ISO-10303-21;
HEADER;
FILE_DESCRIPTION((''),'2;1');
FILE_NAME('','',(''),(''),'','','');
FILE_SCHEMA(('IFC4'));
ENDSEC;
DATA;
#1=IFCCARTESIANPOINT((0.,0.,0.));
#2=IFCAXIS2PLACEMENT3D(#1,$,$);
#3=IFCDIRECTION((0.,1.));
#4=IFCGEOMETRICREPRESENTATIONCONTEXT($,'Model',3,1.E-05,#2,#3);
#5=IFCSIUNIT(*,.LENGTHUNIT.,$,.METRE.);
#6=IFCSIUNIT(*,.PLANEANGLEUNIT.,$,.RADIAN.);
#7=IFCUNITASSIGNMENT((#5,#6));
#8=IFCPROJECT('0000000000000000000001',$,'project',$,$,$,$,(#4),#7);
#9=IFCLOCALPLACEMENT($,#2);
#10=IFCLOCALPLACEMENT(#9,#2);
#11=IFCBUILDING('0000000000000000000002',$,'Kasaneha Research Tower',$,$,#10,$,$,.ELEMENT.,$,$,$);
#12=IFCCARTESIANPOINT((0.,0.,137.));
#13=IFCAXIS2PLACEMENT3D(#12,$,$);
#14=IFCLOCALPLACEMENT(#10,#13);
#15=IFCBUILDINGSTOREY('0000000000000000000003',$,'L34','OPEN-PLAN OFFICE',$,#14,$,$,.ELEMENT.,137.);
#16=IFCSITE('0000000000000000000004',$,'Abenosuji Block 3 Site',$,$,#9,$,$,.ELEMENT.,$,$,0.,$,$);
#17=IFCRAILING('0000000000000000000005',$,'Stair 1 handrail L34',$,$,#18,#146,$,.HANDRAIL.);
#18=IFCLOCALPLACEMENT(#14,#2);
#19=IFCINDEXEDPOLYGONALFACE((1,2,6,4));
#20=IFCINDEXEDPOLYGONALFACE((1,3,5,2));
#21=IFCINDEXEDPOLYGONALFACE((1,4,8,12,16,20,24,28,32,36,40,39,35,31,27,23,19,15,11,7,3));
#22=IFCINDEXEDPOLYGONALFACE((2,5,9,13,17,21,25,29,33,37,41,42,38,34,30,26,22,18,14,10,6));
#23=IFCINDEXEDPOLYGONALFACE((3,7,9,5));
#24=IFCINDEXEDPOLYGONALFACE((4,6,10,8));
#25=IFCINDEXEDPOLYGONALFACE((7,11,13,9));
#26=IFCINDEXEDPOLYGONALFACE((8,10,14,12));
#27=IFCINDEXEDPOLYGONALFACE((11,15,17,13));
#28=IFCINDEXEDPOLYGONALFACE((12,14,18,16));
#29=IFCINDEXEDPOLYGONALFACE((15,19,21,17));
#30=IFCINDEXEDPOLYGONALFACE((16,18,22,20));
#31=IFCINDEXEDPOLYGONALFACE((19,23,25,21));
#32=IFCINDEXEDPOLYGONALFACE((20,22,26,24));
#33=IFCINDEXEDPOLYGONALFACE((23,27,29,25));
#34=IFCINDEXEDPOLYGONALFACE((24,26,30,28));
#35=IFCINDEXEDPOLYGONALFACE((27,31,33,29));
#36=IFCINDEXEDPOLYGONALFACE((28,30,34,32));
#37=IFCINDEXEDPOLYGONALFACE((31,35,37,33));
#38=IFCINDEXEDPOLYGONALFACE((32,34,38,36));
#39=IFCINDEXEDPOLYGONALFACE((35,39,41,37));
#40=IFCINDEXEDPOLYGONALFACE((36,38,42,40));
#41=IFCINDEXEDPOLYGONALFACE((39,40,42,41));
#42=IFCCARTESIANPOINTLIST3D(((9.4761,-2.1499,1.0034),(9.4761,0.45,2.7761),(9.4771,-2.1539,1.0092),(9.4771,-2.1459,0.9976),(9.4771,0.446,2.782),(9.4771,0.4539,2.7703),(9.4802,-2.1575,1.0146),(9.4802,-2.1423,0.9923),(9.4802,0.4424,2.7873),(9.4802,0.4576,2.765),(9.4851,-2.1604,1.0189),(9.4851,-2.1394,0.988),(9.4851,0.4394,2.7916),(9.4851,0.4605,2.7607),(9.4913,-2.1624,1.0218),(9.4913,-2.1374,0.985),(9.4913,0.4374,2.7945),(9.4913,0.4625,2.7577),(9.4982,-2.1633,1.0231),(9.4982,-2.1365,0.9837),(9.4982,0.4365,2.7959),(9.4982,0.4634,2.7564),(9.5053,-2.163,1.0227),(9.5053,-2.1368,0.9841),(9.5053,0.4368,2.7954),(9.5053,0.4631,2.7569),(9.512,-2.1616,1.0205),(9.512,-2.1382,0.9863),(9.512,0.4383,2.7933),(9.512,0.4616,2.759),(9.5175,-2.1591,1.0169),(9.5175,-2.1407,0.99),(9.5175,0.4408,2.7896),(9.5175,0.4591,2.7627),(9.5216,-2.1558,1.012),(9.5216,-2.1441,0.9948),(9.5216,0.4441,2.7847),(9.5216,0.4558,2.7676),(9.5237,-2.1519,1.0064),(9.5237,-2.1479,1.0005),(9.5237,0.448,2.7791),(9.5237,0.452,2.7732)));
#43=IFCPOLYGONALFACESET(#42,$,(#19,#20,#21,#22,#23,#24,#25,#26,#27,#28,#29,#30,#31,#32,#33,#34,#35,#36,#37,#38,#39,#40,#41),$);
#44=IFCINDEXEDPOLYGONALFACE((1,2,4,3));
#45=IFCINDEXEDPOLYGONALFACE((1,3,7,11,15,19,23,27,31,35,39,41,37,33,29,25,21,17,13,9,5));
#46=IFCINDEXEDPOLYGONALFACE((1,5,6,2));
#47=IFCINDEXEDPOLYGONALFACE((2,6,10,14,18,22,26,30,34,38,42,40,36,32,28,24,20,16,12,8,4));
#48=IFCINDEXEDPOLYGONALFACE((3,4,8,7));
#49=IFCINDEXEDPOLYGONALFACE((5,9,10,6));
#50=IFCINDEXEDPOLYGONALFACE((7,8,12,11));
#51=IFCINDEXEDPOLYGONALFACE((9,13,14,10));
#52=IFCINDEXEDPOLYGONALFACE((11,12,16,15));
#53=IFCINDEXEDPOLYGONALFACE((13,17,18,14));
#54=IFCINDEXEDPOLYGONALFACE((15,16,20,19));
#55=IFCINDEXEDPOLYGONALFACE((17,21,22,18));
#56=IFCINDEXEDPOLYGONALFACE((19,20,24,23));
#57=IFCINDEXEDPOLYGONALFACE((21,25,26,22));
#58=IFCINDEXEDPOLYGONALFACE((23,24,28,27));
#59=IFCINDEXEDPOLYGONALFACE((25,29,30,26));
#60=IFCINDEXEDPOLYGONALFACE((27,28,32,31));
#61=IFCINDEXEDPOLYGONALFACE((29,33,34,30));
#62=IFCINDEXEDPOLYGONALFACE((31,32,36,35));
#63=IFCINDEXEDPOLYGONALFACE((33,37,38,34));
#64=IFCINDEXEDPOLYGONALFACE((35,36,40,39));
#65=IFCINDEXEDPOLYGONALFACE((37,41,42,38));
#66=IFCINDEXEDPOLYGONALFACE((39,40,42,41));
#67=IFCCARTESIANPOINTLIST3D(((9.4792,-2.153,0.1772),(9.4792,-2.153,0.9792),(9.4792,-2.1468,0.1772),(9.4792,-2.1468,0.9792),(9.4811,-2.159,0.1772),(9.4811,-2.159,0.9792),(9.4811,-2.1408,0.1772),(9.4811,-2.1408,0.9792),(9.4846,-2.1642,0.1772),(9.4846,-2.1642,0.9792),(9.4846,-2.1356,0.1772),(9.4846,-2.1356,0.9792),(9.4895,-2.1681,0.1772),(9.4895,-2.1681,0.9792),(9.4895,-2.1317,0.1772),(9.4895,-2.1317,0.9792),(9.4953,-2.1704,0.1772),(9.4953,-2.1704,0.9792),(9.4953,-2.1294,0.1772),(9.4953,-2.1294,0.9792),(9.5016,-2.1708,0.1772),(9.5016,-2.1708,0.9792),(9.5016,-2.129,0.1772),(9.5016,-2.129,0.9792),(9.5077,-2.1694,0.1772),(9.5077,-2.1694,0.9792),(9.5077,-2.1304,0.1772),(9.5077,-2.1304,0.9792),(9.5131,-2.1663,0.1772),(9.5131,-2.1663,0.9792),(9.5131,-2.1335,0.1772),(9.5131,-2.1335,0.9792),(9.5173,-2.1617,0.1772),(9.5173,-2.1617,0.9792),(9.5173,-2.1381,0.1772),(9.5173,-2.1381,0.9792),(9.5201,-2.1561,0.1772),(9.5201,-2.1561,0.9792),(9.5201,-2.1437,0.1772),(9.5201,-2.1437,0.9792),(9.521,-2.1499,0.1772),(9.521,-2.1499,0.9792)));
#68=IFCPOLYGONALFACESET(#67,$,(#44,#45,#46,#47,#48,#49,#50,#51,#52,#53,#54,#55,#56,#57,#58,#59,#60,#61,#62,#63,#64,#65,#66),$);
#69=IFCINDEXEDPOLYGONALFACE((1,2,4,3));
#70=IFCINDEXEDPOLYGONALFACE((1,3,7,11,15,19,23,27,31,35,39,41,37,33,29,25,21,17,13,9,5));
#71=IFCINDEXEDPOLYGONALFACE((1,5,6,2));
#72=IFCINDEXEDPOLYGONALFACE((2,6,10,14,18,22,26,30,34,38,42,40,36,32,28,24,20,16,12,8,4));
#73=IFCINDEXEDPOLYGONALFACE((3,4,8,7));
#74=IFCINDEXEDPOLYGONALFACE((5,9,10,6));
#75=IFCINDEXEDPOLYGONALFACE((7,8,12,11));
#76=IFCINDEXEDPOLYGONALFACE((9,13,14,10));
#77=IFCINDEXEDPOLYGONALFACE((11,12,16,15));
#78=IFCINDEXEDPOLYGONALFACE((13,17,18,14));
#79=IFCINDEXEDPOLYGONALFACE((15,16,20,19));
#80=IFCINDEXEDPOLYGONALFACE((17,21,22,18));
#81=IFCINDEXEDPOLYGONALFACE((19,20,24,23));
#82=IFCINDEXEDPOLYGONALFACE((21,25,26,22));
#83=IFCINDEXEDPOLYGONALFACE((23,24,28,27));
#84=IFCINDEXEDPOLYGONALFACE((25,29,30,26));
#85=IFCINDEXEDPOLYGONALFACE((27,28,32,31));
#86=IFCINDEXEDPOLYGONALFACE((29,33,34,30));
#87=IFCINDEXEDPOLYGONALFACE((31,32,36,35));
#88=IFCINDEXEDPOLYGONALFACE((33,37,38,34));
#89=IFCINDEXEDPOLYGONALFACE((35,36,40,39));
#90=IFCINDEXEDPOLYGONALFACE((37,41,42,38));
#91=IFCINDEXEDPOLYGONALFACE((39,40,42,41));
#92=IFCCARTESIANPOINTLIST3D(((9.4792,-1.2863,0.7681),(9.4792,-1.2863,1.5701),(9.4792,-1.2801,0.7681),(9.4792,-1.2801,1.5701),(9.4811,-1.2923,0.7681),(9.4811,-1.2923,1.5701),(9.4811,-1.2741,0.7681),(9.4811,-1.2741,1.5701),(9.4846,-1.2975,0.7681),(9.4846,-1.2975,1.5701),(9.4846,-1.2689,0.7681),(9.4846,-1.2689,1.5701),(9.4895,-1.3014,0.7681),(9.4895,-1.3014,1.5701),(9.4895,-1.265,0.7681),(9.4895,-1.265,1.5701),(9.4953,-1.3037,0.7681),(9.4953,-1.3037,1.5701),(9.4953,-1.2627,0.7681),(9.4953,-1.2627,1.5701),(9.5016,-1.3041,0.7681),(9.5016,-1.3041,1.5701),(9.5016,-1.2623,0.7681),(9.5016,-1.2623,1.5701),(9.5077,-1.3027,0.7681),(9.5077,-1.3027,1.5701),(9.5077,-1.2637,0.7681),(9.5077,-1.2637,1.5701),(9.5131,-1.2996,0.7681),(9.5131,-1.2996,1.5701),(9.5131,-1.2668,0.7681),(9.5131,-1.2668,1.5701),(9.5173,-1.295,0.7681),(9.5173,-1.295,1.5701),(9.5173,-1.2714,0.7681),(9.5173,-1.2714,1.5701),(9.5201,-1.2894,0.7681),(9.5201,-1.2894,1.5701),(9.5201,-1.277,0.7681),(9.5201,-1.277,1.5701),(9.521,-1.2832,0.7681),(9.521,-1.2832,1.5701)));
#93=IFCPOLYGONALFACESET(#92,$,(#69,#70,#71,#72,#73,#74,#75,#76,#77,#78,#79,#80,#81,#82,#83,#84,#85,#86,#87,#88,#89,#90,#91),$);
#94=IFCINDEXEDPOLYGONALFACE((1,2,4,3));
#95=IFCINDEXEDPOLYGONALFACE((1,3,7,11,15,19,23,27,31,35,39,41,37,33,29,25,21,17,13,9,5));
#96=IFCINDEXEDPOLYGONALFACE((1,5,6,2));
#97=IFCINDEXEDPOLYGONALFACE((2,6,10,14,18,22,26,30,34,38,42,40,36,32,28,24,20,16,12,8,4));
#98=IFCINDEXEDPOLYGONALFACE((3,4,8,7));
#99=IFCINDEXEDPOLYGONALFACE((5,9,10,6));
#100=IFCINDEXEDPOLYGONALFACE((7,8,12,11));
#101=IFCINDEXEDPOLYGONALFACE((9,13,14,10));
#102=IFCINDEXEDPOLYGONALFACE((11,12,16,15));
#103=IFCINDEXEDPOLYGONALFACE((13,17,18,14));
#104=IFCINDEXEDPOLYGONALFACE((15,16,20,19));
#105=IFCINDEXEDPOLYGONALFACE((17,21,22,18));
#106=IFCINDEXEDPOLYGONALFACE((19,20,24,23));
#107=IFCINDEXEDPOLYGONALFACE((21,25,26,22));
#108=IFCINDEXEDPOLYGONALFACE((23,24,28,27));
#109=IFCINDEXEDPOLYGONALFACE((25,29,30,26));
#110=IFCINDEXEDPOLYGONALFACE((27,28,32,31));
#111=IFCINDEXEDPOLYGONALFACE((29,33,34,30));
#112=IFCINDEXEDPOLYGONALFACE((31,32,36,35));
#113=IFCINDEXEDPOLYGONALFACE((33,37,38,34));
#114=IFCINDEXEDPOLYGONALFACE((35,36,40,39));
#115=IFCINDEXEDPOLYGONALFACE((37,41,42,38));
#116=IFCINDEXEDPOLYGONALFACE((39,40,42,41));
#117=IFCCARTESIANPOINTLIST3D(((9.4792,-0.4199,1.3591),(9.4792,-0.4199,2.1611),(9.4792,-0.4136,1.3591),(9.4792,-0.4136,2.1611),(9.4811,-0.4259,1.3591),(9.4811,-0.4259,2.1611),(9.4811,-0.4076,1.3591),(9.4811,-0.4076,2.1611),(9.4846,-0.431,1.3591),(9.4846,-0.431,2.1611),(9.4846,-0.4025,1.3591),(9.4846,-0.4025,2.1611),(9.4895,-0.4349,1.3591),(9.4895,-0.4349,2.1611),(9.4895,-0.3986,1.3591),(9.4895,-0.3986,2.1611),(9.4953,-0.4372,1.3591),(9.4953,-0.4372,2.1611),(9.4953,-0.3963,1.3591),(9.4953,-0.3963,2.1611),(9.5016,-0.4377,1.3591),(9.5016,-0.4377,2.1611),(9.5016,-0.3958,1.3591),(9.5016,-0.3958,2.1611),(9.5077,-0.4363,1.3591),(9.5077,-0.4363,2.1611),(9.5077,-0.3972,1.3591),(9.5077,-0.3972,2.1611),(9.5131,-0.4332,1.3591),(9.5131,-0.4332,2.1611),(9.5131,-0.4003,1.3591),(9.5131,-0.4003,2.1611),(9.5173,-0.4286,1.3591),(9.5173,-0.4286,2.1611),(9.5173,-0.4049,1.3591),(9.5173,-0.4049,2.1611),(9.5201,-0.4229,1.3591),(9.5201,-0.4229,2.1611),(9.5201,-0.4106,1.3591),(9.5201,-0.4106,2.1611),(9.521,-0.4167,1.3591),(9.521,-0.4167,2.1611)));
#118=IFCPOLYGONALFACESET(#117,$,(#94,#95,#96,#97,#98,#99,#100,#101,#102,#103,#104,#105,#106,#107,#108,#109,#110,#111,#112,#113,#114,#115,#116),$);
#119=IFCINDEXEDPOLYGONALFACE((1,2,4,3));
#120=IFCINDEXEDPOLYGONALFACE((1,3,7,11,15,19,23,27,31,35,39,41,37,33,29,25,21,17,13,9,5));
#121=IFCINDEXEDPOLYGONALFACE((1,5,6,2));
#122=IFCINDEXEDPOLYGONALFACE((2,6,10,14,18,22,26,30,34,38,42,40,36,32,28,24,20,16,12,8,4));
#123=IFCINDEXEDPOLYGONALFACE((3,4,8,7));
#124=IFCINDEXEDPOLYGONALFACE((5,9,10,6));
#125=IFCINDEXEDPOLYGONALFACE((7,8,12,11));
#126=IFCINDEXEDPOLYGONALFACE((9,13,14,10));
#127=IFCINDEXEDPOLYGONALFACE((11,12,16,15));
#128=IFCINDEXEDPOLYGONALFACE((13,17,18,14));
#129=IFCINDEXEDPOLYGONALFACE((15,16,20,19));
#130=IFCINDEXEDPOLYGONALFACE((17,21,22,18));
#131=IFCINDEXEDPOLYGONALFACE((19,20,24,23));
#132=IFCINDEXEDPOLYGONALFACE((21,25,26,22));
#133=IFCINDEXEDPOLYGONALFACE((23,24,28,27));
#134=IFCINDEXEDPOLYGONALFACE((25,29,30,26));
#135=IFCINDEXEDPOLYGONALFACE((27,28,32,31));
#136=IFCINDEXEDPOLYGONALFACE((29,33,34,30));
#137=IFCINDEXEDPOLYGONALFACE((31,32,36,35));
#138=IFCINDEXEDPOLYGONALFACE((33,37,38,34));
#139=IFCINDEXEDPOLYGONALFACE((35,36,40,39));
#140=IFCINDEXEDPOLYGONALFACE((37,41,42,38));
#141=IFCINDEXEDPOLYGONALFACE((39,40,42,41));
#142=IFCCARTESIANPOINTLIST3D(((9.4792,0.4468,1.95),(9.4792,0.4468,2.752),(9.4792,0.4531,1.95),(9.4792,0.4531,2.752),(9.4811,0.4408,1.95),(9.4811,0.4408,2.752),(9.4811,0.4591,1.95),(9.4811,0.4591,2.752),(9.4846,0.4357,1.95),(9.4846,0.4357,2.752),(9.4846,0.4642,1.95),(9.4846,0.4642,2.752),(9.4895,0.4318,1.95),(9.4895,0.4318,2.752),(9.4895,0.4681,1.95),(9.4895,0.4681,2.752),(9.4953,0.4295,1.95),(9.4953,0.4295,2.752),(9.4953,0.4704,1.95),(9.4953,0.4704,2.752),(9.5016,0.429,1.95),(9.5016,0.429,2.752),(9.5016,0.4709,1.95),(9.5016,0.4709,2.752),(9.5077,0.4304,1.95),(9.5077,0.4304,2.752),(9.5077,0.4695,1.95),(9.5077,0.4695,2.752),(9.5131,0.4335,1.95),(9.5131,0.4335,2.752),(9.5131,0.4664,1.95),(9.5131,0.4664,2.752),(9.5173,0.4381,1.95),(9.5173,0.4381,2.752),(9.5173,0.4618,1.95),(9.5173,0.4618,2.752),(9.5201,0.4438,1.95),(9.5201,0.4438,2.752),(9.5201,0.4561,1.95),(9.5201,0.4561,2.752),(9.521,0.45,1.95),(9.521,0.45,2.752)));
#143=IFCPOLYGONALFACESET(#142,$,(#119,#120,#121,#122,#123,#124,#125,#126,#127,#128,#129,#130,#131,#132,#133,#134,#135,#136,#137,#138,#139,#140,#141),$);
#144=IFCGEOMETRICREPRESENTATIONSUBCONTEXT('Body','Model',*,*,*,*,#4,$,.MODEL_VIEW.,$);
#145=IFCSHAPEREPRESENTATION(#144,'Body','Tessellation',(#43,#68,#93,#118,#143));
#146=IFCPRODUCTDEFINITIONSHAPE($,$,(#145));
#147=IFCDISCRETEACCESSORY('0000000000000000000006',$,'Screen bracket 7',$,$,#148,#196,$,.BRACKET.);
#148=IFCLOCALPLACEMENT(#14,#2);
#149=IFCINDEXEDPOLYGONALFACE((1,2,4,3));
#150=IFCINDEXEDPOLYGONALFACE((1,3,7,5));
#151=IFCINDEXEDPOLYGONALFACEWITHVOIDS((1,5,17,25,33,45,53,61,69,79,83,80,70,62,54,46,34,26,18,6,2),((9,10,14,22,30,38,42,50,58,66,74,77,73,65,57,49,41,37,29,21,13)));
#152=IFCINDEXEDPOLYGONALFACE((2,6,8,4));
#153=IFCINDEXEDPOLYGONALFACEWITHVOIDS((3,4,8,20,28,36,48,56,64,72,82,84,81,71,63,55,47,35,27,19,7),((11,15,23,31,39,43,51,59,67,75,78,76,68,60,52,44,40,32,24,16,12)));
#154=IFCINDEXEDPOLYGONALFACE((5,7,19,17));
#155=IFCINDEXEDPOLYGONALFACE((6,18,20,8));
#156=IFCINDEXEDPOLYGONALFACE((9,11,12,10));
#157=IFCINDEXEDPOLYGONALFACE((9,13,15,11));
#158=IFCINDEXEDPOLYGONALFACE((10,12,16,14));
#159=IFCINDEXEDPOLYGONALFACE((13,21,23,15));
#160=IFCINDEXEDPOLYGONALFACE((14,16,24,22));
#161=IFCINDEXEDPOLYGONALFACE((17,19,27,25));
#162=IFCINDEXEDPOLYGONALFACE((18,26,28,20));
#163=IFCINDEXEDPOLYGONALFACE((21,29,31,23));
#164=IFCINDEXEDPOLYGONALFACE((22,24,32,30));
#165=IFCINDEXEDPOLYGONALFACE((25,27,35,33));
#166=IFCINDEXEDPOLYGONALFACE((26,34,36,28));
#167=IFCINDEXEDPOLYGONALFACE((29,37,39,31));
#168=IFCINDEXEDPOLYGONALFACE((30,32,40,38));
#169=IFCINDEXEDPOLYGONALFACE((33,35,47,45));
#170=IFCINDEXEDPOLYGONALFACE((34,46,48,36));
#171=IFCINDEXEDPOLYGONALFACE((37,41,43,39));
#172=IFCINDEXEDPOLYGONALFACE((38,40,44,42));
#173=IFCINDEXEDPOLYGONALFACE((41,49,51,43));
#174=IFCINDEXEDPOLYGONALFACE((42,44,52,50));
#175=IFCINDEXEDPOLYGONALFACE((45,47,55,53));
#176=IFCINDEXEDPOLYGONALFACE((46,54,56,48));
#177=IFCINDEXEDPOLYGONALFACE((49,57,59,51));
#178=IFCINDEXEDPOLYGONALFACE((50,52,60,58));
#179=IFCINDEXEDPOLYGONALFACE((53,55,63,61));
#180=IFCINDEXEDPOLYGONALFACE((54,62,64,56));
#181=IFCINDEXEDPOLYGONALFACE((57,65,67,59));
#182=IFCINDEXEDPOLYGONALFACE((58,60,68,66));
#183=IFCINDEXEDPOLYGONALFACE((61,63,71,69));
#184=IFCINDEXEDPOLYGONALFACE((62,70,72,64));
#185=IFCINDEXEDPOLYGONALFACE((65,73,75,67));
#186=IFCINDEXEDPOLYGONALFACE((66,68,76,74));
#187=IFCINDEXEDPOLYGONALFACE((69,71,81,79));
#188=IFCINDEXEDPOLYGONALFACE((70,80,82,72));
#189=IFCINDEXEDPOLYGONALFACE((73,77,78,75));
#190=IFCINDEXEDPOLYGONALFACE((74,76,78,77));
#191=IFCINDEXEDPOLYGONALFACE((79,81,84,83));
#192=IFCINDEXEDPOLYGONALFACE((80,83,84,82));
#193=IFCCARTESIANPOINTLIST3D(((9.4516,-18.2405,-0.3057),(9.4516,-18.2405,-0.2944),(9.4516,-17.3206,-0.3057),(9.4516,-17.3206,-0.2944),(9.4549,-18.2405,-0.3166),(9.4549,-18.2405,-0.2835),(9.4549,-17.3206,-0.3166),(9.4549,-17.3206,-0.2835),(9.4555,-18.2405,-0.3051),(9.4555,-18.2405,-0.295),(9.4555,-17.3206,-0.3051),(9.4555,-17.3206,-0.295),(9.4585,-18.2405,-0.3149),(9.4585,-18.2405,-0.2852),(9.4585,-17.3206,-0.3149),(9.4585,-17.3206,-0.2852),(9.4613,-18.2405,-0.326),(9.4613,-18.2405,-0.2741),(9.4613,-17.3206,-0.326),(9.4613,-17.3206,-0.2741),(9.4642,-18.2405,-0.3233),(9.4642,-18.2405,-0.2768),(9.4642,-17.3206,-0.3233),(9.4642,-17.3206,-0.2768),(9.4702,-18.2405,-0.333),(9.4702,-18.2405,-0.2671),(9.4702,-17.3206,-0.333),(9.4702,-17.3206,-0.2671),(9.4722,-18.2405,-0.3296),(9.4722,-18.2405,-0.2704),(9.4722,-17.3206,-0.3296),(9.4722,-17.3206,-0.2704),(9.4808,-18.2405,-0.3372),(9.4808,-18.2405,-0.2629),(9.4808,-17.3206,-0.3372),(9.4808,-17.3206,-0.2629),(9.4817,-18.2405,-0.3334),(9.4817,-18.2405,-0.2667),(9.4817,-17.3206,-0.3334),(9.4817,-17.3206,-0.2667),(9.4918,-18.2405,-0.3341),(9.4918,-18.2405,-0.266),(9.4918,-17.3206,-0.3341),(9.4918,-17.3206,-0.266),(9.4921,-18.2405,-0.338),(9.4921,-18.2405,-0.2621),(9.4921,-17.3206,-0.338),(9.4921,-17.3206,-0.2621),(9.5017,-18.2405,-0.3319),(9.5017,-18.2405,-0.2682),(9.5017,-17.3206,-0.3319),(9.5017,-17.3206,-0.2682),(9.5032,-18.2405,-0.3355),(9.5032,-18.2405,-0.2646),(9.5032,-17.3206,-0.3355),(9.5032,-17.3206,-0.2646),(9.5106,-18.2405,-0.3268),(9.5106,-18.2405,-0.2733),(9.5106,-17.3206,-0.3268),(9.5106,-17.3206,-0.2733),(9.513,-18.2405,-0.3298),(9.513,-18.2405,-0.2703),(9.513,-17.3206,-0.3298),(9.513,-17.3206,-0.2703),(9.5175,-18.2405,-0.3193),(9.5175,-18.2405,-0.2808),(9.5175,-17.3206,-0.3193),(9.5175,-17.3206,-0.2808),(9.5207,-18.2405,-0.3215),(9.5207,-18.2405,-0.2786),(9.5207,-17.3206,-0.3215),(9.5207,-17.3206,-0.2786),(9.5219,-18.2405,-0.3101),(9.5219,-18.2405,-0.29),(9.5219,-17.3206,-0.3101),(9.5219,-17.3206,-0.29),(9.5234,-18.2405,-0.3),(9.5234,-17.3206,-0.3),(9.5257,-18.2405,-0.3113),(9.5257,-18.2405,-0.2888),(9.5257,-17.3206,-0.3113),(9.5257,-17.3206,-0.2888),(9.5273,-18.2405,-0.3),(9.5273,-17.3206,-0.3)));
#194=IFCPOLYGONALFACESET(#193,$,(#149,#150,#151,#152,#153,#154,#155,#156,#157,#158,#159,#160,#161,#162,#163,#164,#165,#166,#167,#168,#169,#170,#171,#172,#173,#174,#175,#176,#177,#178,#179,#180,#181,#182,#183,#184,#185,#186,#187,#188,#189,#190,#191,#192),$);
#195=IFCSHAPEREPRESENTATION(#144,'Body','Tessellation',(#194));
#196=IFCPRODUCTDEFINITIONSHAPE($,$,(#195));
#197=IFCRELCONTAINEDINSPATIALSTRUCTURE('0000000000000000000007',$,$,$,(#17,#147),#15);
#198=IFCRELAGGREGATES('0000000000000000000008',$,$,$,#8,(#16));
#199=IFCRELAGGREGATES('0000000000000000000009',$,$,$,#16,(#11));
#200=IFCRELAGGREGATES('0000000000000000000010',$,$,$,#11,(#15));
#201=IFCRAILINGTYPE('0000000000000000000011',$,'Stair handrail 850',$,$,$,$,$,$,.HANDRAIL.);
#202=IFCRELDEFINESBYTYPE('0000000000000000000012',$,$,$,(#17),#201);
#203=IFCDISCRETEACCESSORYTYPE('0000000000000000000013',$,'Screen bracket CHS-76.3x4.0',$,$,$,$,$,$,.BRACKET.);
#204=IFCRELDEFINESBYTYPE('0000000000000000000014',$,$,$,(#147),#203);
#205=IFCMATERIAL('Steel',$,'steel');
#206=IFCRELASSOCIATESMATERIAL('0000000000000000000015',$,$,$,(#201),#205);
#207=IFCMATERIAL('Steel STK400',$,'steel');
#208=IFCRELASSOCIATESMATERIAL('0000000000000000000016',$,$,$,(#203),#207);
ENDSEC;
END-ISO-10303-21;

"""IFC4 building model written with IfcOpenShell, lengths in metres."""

from ifc_helpers import new_model, si_unit, direction, frame, origin, origin_2d, place, context, subcontext, project, spatial, circle, hollow_circle, extrude, material, material_profile, profile_set, type_object, element, save


model = new_model("IFC4")

# Units and contexts
model_context = context("Model", 3, precision=1e-05, world=origin(), true_north=direction((0.0, 1.0)))
body_context = subcontext(model_context, "Body", "Model", "MODEL_VIEW")
ifc_project = project(units=[si_unit("LENGTHUNIT", "METRE"), si_unit("PLANEANGLEUNIT", "RADIAN")], contexts=[model_context])

# Site, building, storey
site_placement = place(None, origin())
site = spatial("IfcSite", under=ifc_project, at=site_placement, Name="Abenosuji Block 3 Site", CompositionType="ELEMENT", RefElevation=0.0)
building_placement = place(site_placement, origin())
building = spatial("IfcBuilding", under=site, at=building_placement, Name="Kasaneha Research Tower", CompositionType="ELEMENT")
storey_placement = place(building_placement, frame((0.0, 0.0, 137.0)))
storey = spatial("IfcBuildingStorey", under=building, at=storey_placement, Name="L34", Description="OPEN-PLAN OFFICE", CompositionType="ELEMENT", Elevation=137.0)

# Railing
ifc_material_1 = material(Name="Steel", Category="steel")
railing_type = type_object("IfcRailingType", Name="Stair handrail 850", PredefinedType="HANDRAIL", material=ifc_material_1)
railing_placement = place(storey_placement, frame((9.5, -2.1499, 0.1772)))
element("IfcRailing", 1, at=railing_placement, inside=storey, type_object=railing_type, Name="Stair 1 handrail L34", PredefinedType="HANDRAIL", context=body_context, shape_type="SweptSolid", body=[
    extrude(circle(Radius=0.0239, at=origin_2d()), frame((0.0, 0.0, 0.8262), z_axis=(0.0, 0.826216, 0.563354), x_axis=(-1.0, 0.0, 0.0)), (0.0, 0.0, 1.0), 3.1467),
    extrude(circle(Radius=0.021, at=origin_2d()), origin(), (0.0, 0.0, 1.0), 0.802),
    extrude(circle(Radius=0.021, at=origin_2d()), frame((0.0, 0.8667, 0.5908)), (0.0, 0.0, 1.0), 0.802),
    extrude(circle(Radius=0.021, at=origin_2d()), frame((0.0, 1.7332, 1.1819)), (0.0, 0.0, 1.0), 0.802),
    extrude(circle(Radius=0.021, at=origin_2d()), frame((0.0, 2.5999, 1.7727)), (0.0, 0.0, 1.0), 0.802),
])

# Discrete accessory
ifc_material_2 = material(Name="Steel STK400", Category="steel")
ifc_material_profile_1 = material_profile(ifc_material_2, hollow_circle(Radius=0.0381, WallThickness=0.0039, at=origin_2d()), Name="CHS-76.3x4.0")
ifc_profile_set_1 = profile_set([ifc_material_profile_1], Name="Steel STK400")
discrete_accessory_type = type_object("IfcDiscreteAccessoryType", Name="Screen bracket CHS-76.3x4.0", PredefinedType="BRACKET", material=ifc_profile_set_1)
discrete_accessory_placement = place(storey_placement, frame((9.4893, -17.3206, -0.3), z_axis=(0.0, -1.0, 0.0), x_axis=(1.0, 0.0, 0.0)))
element("IfcDiscreteAccessory", 2, at=discrete_accessory_placement, inside=storey, type_object=discrete_accessory_type, Name="Screen bracket 7", PredefinedType="BRACKET", context=body_context, shape_type="SweptSolid", body=[
    extrude(hollow_circle(Radius=0.0381, WallThickness=0.0039, at=origin_2d()), origin(), (0.0, 0.0, 1.0), 0.9199),
])

save(model, "model.ifc")
